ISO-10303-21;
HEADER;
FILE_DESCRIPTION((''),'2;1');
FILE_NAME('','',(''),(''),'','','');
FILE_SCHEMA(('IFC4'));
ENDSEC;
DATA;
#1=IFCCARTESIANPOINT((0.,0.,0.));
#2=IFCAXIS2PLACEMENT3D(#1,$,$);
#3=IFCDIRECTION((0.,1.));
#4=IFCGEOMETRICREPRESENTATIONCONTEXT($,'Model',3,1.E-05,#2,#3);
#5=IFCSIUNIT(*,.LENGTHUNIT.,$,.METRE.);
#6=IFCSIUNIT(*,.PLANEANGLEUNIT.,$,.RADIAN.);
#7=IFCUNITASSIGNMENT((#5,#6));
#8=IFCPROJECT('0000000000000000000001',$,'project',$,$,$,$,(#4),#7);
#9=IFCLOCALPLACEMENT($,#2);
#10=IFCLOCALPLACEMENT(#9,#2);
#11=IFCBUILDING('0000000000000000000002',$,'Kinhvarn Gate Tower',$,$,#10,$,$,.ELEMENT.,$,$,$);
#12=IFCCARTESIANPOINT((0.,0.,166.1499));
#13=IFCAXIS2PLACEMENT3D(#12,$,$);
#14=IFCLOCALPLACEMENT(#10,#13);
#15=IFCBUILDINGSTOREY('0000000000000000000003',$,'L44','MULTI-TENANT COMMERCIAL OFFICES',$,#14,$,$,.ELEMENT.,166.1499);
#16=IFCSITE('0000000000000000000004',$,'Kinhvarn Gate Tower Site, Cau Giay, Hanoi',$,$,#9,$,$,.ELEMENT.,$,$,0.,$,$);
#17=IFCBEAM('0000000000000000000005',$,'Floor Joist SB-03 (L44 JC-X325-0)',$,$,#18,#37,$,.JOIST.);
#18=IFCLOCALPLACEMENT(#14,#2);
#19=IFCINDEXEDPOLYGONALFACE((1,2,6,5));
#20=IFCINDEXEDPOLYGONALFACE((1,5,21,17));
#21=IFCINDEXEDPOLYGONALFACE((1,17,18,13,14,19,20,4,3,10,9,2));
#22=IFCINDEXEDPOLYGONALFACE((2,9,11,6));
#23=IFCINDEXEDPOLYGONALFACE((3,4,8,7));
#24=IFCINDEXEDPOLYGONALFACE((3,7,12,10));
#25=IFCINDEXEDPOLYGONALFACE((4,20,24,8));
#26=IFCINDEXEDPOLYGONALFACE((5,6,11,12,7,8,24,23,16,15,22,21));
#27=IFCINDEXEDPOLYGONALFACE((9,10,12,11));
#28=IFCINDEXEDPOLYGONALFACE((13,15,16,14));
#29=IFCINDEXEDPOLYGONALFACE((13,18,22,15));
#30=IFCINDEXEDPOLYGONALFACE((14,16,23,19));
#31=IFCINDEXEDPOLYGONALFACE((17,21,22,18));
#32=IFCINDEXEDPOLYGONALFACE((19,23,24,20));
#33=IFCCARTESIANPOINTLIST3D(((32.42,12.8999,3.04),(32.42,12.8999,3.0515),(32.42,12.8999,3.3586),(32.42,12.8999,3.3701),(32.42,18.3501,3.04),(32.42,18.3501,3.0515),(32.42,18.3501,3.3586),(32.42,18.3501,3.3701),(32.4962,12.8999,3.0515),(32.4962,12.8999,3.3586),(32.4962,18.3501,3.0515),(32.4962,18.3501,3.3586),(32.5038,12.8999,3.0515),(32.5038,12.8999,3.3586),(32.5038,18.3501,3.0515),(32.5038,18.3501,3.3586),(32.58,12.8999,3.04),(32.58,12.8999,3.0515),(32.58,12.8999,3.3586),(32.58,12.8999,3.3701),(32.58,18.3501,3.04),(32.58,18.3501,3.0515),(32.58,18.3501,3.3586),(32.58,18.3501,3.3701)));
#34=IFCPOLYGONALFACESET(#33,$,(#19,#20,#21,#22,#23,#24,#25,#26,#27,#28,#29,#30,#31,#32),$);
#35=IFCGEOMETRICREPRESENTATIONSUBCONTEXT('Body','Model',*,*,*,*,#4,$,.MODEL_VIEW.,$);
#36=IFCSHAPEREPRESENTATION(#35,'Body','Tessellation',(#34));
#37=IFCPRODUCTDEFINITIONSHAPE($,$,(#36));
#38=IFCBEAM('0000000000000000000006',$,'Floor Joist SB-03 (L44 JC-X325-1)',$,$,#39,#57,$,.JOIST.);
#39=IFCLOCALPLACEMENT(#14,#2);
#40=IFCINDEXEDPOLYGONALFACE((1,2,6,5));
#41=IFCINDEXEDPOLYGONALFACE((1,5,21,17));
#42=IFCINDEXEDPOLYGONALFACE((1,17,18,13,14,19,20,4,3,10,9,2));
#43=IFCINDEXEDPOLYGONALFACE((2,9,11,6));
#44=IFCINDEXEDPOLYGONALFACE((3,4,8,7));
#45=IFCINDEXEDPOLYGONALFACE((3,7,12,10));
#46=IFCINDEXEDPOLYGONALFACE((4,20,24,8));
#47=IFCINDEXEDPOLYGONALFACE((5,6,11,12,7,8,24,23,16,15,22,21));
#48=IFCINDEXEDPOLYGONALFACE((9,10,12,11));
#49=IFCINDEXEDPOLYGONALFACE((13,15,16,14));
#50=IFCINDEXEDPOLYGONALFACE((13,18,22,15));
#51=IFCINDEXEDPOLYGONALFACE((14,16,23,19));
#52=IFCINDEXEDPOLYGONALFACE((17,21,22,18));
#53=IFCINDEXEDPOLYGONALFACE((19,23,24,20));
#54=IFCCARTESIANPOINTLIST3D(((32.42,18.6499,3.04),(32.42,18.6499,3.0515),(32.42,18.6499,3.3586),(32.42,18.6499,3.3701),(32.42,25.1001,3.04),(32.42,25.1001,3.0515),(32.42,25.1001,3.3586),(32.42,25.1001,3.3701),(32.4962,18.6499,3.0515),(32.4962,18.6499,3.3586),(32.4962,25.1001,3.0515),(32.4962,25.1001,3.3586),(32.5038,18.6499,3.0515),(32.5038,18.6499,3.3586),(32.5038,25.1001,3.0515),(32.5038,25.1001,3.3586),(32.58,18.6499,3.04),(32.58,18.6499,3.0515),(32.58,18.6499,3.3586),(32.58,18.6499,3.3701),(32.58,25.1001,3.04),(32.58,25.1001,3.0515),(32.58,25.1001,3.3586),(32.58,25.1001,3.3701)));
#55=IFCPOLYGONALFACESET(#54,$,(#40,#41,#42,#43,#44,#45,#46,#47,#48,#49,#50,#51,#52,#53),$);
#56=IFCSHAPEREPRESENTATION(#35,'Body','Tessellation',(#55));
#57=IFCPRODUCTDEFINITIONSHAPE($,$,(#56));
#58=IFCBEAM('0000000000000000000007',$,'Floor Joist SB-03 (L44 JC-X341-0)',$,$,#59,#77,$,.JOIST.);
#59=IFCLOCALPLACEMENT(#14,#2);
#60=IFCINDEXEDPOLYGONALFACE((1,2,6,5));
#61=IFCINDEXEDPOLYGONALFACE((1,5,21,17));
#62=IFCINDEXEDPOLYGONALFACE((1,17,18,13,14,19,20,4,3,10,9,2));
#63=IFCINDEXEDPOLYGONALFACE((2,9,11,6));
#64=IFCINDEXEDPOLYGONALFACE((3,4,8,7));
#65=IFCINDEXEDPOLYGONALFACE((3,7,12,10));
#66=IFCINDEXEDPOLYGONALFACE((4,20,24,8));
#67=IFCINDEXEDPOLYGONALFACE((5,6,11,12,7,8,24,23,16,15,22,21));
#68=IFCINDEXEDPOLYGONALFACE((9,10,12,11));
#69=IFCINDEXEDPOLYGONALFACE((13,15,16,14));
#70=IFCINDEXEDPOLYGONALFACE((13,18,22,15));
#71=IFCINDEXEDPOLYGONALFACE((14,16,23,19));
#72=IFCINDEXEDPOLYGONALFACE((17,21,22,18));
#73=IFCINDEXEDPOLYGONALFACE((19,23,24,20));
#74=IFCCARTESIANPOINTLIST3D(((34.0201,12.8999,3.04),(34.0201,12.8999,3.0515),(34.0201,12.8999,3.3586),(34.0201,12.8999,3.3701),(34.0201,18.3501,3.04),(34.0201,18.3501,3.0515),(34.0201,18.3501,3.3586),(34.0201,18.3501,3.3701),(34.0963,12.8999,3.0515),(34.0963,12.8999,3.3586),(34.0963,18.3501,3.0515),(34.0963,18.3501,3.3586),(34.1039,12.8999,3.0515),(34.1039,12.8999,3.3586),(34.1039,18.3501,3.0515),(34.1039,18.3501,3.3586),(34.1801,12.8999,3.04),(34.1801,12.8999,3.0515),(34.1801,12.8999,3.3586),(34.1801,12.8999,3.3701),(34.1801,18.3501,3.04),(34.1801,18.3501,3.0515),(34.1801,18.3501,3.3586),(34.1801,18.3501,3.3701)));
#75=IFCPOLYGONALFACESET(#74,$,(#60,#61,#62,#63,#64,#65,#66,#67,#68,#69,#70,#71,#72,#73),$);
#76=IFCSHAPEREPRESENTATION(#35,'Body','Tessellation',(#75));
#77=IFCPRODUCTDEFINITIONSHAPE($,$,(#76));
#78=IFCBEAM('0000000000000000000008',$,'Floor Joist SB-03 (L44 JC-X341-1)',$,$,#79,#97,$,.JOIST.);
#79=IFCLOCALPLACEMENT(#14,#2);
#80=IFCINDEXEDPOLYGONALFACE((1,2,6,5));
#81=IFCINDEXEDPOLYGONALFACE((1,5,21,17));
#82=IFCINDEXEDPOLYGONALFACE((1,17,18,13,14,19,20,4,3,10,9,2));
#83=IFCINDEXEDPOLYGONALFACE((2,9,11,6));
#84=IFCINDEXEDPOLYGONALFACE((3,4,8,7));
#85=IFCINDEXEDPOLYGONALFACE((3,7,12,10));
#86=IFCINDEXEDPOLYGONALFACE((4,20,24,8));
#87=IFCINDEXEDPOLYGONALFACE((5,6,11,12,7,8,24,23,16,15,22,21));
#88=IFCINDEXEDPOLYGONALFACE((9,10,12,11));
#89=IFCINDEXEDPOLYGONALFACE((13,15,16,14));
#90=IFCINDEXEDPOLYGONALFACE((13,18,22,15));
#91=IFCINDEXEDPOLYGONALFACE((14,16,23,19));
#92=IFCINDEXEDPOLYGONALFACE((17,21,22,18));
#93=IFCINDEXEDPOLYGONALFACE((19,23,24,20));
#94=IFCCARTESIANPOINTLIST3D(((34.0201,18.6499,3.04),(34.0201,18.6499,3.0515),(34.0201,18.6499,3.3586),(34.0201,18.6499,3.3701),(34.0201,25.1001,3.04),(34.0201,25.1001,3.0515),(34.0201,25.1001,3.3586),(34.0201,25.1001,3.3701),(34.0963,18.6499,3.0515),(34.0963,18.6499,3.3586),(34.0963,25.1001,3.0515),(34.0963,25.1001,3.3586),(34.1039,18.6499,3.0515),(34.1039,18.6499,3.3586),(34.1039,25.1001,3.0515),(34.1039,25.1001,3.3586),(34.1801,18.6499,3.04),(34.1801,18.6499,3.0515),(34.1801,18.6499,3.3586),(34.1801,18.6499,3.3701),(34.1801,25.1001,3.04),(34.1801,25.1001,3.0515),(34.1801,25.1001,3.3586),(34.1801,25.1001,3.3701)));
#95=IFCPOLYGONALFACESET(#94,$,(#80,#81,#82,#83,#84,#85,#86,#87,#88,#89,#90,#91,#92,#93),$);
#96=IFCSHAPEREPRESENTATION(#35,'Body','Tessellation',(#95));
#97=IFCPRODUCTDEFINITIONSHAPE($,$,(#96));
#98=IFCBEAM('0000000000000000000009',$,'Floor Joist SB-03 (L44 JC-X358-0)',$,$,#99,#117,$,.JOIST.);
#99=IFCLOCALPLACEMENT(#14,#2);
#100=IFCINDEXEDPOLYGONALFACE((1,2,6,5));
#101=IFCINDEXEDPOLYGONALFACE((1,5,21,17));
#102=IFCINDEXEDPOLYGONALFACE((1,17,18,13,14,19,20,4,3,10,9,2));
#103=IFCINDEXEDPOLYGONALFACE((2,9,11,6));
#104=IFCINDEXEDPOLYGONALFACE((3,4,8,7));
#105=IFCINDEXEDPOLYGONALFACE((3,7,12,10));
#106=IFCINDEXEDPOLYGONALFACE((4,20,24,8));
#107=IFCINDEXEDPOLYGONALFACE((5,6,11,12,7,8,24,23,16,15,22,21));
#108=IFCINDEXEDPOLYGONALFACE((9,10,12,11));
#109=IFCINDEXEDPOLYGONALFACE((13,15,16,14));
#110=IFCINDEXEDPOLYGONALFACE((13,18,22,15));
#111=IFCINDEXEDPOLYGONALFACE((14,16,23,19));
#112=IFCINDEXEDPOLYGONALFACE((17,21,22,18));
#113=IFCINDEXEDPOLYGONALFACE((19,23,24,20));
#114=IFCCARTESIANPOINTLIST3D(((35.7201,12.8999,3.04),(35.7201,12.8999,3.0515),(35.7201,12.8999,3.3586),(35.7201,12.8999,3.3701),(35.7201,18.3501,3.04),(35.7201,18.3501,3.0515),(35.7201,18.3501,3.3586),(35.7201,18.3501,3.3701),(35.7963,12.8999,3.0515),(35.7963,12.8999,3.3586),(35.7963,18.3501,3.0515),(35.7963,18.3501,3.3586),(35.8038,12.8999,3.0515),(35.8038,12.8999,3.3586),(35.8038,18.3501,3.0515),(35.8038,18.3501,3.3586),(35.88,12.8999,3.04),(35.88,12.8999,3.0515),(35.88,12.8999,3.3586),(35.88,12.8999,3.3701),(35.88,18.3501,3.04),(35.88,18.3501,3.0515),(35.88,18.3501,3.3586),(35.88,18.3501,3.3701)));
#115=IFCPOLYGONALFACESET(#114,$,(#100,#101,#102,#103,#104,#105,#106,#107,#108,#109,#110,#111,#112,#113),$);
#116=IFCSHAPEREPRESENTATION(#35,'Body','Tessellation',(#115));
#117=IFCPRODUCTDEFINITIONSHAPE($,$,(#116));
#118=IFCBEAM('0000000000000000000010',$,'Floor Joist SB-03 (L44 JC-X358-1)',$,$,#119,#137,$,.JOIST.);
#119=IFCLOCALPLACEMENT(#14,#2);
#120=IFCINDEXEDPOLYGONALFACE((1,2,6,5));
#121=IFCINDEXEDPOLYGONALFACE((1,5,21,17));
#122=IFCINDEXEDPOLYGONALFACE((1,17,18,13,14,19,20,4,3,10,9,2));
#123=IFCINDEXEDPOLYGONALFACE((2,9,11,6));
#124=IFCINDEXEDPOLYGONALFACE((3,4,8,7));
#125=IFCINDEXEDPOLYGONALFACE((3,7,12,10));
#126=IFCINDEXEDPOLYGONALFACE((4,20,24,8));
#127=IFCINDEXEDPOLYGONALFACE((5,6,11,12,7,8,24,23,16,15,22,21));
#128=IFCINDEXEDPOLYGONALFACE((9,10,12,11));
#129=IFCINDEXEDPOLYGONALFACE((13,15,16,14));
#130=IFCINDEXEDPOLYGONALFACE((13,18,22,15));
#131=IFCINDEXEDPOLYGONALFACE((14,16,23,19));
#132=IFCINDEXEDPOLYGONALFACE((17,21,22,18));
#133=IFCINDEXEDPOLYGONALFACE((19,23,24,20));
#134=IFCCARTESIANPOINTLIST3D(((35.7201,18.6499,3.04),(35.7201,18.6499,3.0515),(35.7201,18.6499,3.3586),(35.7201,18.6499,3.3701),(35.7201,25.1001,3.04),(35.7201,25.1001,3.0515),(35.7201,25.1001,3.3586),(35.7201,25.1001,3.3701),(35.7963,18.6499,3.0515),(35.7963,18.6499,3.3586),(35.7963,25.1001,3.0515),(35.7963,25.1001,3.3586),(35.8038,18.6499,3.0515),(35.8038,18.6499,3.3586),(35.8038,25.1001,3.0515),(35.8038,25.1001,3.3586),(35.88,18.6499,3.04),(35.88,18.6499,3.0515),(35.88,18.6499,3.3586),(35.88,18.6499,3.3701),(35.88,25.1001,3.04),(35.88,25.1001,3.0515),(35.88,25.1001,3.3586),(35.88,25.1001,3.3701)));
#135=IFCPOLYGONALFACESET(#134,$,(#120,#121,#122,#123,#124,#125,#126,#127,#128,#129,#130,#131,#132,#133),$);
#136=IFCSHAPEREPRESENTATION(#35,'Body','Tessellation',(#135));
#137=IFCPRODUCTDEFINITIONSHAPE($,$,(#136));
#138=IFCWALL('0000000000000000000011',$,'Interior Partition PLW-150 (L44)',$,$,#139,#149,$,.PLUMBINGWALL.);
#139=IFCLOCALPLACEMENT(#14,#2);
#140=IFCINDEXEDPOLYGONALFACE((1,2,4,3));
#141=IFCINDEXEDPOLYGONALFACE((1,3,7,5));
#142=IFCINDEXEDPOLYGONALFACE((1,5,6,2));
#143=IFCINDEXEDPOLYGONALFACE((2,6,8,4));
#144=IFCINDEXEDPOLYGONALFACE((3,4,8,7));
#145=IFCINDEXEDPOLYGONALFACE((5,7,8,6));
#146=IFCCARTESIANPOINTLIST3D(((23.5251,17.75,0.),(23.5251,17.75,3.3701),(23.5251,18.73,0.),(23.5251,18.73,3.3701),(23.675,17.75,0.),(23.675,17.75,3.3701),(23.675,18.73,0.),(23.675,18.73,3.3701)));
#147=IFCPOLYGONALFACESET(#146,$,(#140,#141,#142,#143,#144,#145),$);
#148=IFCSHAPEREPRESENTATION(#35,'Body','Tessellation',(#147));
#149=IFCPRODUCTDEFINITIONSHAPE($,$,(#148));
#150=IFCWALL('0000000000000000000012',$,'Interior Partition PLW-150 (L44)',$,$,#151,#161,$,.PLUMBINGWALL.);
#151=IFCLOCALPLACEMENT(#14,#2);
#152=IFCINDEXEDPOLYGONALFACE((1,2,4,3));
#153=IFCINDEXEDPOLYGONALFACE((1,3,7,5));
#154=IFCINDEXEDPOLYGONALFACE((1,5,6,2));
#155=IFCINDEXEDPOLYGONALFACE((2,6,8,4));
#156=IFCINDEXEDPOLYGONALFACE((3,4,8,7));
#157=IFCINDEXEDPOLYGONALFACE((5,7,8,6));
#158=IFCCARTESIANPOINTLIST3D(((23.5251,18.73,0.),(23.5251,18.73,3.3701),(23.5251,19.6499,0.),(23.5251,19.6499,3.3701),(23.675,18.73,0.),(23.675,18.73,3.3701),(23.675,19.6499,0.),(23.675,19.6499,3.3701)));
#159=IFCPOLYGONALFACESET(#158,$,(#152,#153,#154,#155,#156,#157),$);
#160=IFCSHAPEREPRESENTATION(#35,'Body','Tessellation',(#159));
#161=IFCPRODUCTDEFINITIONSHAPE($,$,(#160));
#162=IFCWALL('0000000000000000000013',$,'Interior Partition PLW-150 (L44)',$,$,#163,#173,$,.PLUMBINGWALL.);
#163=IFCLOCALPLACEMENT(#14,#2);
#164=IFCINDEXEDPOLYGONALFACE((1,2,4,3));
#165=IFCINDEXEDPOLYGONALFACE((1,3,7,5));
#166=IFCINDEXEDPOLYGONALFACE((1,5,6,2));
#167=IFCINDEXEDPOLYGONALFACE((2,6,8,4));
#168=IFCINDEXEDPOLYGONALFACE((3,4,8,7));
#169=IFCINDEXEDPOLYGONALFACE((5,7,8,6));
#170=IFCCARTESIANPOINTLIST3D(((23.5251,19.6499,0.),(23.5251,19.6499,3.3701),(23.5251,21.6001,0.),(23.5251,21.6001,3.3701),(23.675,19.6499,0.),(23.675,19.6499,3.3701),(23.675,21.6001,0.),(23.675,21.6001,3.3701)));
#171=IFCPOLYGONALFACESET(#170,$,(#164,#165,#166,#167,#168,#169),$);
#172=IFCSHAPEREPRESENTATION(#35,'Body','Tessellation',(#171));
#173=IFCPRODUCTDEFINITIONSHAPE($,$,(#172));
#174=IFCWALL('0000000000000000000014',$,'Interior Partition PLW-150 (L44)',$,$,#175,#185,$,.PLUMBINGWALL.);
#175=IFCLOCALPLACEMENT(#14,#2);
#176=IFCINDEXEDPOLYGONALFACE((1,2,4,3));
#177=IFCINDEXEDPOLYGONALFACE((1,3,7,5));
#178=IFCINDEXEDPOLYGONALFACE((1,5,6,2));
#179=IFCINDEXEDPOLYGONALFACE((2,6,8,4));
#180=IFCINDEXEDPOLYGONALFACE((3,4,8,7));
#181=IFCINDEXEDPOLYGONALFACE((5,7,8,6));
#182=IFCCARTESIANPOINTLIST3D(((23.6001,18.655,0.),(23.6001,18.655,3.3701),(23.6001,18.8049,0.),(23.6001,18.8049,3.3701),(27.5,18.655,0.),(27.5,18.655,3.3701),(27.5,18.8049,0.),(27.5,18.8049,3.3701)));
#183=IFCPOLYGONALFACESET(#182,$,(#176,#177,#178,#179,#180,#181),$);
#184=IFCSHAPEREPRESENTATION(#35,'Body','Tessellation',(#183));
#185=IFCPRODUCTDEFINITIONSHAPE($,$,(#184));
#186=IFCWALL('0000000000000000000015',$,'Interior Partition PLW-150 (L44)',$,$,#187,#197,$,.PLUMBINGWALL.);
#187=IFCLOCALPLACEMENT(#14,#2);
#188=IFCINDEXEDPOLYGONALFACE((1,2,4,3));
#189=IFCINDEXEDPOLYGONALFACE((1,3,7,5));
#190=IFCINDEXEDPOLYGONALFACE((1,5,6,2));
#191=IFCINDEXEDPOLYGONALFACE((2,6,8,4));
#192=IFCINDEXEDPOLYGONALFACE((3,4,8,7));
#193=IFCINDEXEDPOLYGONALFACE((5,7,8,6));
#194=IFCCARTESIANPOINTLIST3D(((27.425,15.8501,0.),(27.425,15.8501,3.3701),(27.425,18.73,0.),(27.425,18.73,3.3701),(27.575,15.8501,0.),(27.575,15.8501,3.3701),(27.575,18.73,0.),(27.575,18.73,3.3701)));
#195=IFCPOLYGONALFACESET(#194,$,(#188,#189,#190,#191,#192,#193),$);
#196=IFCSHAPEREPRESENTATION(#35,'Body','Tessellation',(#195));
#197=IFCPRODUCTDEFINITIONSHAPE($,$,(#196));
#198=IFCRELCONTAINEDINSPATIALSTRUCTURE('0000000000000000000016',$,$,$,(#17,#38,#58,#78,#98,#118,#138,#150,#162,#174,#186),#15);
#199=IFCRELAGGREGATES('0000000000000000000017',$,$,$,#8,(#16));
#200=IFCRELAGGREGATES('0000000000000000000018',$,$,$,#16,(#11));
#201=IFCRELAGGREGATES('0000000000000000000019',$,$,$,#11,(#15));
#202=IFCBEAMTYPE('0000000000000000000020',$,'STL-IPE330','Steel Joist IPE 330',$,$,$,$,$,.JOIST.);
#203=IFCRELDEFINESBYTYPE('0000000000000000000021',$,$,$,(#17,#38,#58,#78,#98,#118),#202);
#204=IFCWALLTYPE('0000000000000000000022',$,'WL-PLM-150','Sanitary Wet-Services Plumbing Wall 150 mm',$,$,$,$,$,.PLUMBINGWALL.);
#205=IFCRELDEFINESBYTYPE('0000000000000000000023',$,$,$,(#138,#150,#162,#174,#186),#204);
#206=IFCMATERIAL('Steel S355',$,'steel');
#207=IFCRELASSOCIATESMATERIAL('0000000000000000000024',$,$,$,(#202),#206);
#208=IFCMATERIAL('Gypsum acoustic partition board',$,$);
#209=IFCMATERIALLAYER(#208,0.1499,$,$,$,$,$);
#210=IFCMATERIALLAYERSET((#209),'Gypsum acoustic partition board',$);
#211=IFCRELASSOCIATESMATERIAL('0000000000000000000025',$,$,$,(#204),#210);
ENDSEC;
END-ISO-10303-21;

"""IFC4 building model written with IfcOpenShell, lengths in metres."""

from ifc_helpers import new_model, si_unit, direction, frame, frame_2d, origin, origin_2d, place, context, subcontext, project, spatial, rectangle, i_section, extrude, material, layer, layer_set, material_profile, profile_set, type_object, element, save


model = new_model("IFC4")

# Units and contexts
model_context = context("Model", 3, precision=1e-05, world=origin(), true_north=direction((0.0, 1.0)))
body_context = subcontext(model_context, "Body", "Model", "MODEL_VIEW")
ifc_project = project(units=[si_unit("LENGTHUNIT", "METRE"), si_unit("PLANEANGLEUNIT", "RADIAN")], contexts=[model_context])

# Site, building, storey
site_placement = place(None, origin())
site = spatial("IfcSite", under=ifc_project, at=site_placement, Name="Kinhvarn Gate Tower Site, Cau Giay, Hanoi", CompositionType="ELEMENT", RefElevation=0.0)
building_placement = place(site_placement, origin())
building = spatial("IfcBuilding", under=site, at=building_placement, Name="Kinhvarn Gate Tower", CompositionType="ELEMENT")
storey_placement = place(building_placement, frame((0.0, 0.0, 166.1499)))
storey = spatial("IfcBuildingStorey", under=building, at=storey_placement, Name="L44", Description="MULTI-TENANT COMMERCIAL OFFICES", CompositionType="ELEMENT", Elevation=166.1499)

# Beams
ifc_material_1 = material(Name="Steel S355", Category="steel")
ifc_material_profile_1 = material_profile(ifc_material_1, i_section(OverallWidth=0.1599, OverallDepth=0.3301, WebThickness=0.0076, FlangeThickness=0.0115, at=origin_2d()), Name="IPE 330")
ifc_profile_set_1 = profile_set([ifc_material_profile_1], Name="Steel S355")
beam_type_1 = type_object("IfcBeamType", Name="STL-IPE330", Description="Steel Joist IPE 330", PredefinedType="JOIST", material=ifc_profile_set_1)
beam_1_placement = place(storey_placement, frame((32.5, 12.8999, 3.2051), z_axis=(0.0, 1.0, 0.0), x_axis=(-1.0, 0.0, 0.0)))
element("IfcBeam", 1, at=beam_1_placement, inside=storey, type_object=beam_type_1, Name="Floor Joist SB-03 (L44 JC-X325-0)", PredefinedType="JOIST", context=body_context, shape_type="SweptSolid", body=[
    extrude(i_section(OverallWidth=0.1599, OverallDepth=0.3301, WebThickness=0.0076, FlangeThickness=0.0115, at=origin_2d()), origin(), (0.0, 0.0, 1.0), 5.4502),
])
beam_2_placement = place(storey_placement, frame((32.5, 18.6499, 3.2051), z_axis=(0.0, 1.0, 0.0), x_axis=(-1.0, 0.0, 0.0)))
element("IfcBeam", 2, at=beam_2_placement, inside=storey, type_object=beam_type_1, Name="Floor Joist SB-03 (L44 JC-X325-1)", PredefinedType="JOIST", context=body_context, shape_type="SweptSolid", body=[
    extrude(i_section(OverallWidth=0.1599, OverallDepth=0.3301, WebThickness=0.0076, FlangeThickness=0.0115, at=origin_2d()), origin(), (0.0, 0.0, 1.0), 6.4502),
])
beam_3_placement = place(storey_placement, frame((34.1001, 12.8999, 3.2051), z_axis=(0.0, 1.0, 0.0), x_axis=(-1.0, 0.0, 0.0)))
element("IfcBeam", 3, at=beam_3_placement, inside=storey, type_object=beam_type_1, Name="Floor Joist SB-03 (L44 JC-X341-0)", PredefinedType="JOIST", context=body_context, shape_type="SweptSolid", body=[
    extrude(i_section(OverallWidth=0.1599, OverallDepth=0.3301, WebThickness=0.0076, FlangeThickness=0.0115, at=origin_2d()), origin(), (0.0, 0.0, 1.0), 5.4502),
])
beam_4_placement = place(storey_placement, frame((34.1001, 18.6499, 3.2051), z_axis=(0.0, 1.0, 0.0), x_axis=(-1.0, 0.0, 0.0)))
element("IfcBeam", 4, at=beam_4_placement, inside=storey, type_object=beam_type_1, Name="Floor Joist SB-03 (L44 JC-X341-1)", PredefinedType="JOIST", context=body_context, shape_type="SweptSolid", body=[
    extrude(i_section(OverallWidth=0.1599, OverallDepth=0.3301, WebThickness=0.0076, FlangeThickness=0.0115, at=origin_2d()), origin(), (0.0, 0.0, 1.0), 6.4502),
])
beam_5_placement = place(storey_placement, frame((35.8, 12.8999, 3.2051), z_axis=(0.0, 1.0, 0.0), x_axis=(-1.0, 0.0, 0.0)))
element("IfcBeam", 5, at=beam_5_placement, inside=storey, type_object=beam_type_1, Name="Floor Joist SB-03 (L44 JC-X358-0)", PredefinedType="JOIST", context=body_context, shape_type="SweptSolid", body=[
    extrude(i_section(OverallWidth=0.1599, OverallDepth=0.3301, WebThickness=0.0076, FlangeThickness=0.0115, at=origin_2d()), origin(), (0.0, 0.0, 1.0), 5.4502),
])
beam_6_placement = place(storey_placement, frame((35.8, 18.6499, 3.2051), z_axis=(0.0, 1.0, 0.0), x_axis=(-1.0, 0.0, 0.0)))
element("IfcBeam", 6, at=beam_6_placement, inside=storey, type_object=beam_type_1, Name="Floor Joist SB-03 (L44 JC-X358-1)", PredefinedType="JOIST", context=body_context, shape_type="SweptSolid", body=[
    extrude(i_section(OverallWidth=0.1599, OverallDepth=0.3301, WebThickness=0.0076, FlangeThickness=0.0115, at=origin_2d()), origin(), (0.0, 0.0, 1.0), 6.4502),
])

# Walls
ifc_material_2 = material(Name="Gypsum acoustic partition board")
ifc_layer_1 = layer(ifc_material_2, 0.1499)
ifc_layer_set_1 = layer_set([ifc_layer_1], Name="Gypsum acoustic partition board")
wall_type_1 = type_object("IfcWallType", Name="WL-PLM-150", Description="Sanitary Wet-Services Plumbing Wall 150 mm", PredefinedType="PLUMBINGWALL", material=ifc_layer_set_1)
wall_1_placement = place(storey_placement, frame((23.6001, 17.75, 0.0), z_axis=(0.0, 0.0, 1.0), x_axis=(0.0, 1.0, 0.0)))
element("IfcWall", 7, at=wall_1_placement, inside=storey, type_object=wall_type_1, Name="Interior Partition PLW-150 (L44)", PredefinedType="PLUMBINGWALL", context=body_context, shape_type="SweptSolid", body=[
    extrude(rectangle(XDim=0.98, YDim=0.1499, at=frame_2d((0.49, 0.0))), origin(), (0.0, 0.0, 1.0), 3.3701),
])
wall_2_placement = place(storey_placement, frame((23.6001, 18.73, 0.0), z_axis=(0.0, 0.0, 1.0), x_axis=(0.0, 1.0, 0.0)))
element("IfcWall", 8, at=wall_2_placement, inside=storey, type_object=wall_type_1, Name="Interior Partition PLW-150 (L44)", PredefinedType="PLUMBINGWALL", context=body_context, shape_type="SweptSolid", body=[
    extrude(rectangle(XDim=0.9199, YDim=0.1499, at=frame_2d((0.46, 0.0))), origin(), (0.0, 0.0, 1.0), 3.3701),
])
wall_3_placement = place(storey_placement, frame((23.6001, 19.6499, 0.0), z_axis=(0.0, 0.0, 1.0), x_axis=(0.0, 1.0, 0.0)))
element("IfcWall", 9, at=wall_3_placement, inside=storey, type_object=wall_type_1, Name="Interior Partition PLW-150 (L44)", PredefinedType="PLUMBINGWALL", context=body_context, shape_type="SweptSolid", body=[
    extrude(rectangle(XDim=1.9502, YDim=0.1499, at=frame_2d((0.9751, 0.0))), origin(), (0.0, 0.0, 1.0), 3.3701),
])
wall_4_placement = place(storey_placement, frame((23.6001, 18.73, 0.0), z_axis=(0.0, 0.0, 1.0), x_axis=(1.0, 0.0, 0.0)))
element("IfcWall", 10, at=wall_4_placement, inside=storey, type_object=wall_type_1, Name="Interior Partition PLW-150 (L44)", PredefinedType="PLUMBINGWALL", context=body_context, shape_type="SweptSolid", body=[
    extrude(rectangle(XDim=3.8999, YDim=0.1499, at=frame_2d((1.95, 0.0))), origin(), (0.0, 0.0, 1.0), 3.3701),
])
wall_5_placement = place(storey_placement, frame((27.5, 15.8501, 0.0), z_axis=(0.0, 0.0, 1.0), x_axis=(0.0, 1.0, 0.0)))
element("IfcWall", 11, at=wall_5_placement, inside=storey, type_object=wall_type_1, Name="Interior Partition PLW-150 (L44)", PredefinedType="PLUMBINGWALL", context=body_context, shape_type="SweptSolid", body=[
    extrude(rectangle(XDim=2.8799, YDim=0.1499, at=frame_2d((1.4399, 0.0))), origin(), (0.0, 0.0, 1.0), 3.3701),
])

save(model, "model.ifc")
